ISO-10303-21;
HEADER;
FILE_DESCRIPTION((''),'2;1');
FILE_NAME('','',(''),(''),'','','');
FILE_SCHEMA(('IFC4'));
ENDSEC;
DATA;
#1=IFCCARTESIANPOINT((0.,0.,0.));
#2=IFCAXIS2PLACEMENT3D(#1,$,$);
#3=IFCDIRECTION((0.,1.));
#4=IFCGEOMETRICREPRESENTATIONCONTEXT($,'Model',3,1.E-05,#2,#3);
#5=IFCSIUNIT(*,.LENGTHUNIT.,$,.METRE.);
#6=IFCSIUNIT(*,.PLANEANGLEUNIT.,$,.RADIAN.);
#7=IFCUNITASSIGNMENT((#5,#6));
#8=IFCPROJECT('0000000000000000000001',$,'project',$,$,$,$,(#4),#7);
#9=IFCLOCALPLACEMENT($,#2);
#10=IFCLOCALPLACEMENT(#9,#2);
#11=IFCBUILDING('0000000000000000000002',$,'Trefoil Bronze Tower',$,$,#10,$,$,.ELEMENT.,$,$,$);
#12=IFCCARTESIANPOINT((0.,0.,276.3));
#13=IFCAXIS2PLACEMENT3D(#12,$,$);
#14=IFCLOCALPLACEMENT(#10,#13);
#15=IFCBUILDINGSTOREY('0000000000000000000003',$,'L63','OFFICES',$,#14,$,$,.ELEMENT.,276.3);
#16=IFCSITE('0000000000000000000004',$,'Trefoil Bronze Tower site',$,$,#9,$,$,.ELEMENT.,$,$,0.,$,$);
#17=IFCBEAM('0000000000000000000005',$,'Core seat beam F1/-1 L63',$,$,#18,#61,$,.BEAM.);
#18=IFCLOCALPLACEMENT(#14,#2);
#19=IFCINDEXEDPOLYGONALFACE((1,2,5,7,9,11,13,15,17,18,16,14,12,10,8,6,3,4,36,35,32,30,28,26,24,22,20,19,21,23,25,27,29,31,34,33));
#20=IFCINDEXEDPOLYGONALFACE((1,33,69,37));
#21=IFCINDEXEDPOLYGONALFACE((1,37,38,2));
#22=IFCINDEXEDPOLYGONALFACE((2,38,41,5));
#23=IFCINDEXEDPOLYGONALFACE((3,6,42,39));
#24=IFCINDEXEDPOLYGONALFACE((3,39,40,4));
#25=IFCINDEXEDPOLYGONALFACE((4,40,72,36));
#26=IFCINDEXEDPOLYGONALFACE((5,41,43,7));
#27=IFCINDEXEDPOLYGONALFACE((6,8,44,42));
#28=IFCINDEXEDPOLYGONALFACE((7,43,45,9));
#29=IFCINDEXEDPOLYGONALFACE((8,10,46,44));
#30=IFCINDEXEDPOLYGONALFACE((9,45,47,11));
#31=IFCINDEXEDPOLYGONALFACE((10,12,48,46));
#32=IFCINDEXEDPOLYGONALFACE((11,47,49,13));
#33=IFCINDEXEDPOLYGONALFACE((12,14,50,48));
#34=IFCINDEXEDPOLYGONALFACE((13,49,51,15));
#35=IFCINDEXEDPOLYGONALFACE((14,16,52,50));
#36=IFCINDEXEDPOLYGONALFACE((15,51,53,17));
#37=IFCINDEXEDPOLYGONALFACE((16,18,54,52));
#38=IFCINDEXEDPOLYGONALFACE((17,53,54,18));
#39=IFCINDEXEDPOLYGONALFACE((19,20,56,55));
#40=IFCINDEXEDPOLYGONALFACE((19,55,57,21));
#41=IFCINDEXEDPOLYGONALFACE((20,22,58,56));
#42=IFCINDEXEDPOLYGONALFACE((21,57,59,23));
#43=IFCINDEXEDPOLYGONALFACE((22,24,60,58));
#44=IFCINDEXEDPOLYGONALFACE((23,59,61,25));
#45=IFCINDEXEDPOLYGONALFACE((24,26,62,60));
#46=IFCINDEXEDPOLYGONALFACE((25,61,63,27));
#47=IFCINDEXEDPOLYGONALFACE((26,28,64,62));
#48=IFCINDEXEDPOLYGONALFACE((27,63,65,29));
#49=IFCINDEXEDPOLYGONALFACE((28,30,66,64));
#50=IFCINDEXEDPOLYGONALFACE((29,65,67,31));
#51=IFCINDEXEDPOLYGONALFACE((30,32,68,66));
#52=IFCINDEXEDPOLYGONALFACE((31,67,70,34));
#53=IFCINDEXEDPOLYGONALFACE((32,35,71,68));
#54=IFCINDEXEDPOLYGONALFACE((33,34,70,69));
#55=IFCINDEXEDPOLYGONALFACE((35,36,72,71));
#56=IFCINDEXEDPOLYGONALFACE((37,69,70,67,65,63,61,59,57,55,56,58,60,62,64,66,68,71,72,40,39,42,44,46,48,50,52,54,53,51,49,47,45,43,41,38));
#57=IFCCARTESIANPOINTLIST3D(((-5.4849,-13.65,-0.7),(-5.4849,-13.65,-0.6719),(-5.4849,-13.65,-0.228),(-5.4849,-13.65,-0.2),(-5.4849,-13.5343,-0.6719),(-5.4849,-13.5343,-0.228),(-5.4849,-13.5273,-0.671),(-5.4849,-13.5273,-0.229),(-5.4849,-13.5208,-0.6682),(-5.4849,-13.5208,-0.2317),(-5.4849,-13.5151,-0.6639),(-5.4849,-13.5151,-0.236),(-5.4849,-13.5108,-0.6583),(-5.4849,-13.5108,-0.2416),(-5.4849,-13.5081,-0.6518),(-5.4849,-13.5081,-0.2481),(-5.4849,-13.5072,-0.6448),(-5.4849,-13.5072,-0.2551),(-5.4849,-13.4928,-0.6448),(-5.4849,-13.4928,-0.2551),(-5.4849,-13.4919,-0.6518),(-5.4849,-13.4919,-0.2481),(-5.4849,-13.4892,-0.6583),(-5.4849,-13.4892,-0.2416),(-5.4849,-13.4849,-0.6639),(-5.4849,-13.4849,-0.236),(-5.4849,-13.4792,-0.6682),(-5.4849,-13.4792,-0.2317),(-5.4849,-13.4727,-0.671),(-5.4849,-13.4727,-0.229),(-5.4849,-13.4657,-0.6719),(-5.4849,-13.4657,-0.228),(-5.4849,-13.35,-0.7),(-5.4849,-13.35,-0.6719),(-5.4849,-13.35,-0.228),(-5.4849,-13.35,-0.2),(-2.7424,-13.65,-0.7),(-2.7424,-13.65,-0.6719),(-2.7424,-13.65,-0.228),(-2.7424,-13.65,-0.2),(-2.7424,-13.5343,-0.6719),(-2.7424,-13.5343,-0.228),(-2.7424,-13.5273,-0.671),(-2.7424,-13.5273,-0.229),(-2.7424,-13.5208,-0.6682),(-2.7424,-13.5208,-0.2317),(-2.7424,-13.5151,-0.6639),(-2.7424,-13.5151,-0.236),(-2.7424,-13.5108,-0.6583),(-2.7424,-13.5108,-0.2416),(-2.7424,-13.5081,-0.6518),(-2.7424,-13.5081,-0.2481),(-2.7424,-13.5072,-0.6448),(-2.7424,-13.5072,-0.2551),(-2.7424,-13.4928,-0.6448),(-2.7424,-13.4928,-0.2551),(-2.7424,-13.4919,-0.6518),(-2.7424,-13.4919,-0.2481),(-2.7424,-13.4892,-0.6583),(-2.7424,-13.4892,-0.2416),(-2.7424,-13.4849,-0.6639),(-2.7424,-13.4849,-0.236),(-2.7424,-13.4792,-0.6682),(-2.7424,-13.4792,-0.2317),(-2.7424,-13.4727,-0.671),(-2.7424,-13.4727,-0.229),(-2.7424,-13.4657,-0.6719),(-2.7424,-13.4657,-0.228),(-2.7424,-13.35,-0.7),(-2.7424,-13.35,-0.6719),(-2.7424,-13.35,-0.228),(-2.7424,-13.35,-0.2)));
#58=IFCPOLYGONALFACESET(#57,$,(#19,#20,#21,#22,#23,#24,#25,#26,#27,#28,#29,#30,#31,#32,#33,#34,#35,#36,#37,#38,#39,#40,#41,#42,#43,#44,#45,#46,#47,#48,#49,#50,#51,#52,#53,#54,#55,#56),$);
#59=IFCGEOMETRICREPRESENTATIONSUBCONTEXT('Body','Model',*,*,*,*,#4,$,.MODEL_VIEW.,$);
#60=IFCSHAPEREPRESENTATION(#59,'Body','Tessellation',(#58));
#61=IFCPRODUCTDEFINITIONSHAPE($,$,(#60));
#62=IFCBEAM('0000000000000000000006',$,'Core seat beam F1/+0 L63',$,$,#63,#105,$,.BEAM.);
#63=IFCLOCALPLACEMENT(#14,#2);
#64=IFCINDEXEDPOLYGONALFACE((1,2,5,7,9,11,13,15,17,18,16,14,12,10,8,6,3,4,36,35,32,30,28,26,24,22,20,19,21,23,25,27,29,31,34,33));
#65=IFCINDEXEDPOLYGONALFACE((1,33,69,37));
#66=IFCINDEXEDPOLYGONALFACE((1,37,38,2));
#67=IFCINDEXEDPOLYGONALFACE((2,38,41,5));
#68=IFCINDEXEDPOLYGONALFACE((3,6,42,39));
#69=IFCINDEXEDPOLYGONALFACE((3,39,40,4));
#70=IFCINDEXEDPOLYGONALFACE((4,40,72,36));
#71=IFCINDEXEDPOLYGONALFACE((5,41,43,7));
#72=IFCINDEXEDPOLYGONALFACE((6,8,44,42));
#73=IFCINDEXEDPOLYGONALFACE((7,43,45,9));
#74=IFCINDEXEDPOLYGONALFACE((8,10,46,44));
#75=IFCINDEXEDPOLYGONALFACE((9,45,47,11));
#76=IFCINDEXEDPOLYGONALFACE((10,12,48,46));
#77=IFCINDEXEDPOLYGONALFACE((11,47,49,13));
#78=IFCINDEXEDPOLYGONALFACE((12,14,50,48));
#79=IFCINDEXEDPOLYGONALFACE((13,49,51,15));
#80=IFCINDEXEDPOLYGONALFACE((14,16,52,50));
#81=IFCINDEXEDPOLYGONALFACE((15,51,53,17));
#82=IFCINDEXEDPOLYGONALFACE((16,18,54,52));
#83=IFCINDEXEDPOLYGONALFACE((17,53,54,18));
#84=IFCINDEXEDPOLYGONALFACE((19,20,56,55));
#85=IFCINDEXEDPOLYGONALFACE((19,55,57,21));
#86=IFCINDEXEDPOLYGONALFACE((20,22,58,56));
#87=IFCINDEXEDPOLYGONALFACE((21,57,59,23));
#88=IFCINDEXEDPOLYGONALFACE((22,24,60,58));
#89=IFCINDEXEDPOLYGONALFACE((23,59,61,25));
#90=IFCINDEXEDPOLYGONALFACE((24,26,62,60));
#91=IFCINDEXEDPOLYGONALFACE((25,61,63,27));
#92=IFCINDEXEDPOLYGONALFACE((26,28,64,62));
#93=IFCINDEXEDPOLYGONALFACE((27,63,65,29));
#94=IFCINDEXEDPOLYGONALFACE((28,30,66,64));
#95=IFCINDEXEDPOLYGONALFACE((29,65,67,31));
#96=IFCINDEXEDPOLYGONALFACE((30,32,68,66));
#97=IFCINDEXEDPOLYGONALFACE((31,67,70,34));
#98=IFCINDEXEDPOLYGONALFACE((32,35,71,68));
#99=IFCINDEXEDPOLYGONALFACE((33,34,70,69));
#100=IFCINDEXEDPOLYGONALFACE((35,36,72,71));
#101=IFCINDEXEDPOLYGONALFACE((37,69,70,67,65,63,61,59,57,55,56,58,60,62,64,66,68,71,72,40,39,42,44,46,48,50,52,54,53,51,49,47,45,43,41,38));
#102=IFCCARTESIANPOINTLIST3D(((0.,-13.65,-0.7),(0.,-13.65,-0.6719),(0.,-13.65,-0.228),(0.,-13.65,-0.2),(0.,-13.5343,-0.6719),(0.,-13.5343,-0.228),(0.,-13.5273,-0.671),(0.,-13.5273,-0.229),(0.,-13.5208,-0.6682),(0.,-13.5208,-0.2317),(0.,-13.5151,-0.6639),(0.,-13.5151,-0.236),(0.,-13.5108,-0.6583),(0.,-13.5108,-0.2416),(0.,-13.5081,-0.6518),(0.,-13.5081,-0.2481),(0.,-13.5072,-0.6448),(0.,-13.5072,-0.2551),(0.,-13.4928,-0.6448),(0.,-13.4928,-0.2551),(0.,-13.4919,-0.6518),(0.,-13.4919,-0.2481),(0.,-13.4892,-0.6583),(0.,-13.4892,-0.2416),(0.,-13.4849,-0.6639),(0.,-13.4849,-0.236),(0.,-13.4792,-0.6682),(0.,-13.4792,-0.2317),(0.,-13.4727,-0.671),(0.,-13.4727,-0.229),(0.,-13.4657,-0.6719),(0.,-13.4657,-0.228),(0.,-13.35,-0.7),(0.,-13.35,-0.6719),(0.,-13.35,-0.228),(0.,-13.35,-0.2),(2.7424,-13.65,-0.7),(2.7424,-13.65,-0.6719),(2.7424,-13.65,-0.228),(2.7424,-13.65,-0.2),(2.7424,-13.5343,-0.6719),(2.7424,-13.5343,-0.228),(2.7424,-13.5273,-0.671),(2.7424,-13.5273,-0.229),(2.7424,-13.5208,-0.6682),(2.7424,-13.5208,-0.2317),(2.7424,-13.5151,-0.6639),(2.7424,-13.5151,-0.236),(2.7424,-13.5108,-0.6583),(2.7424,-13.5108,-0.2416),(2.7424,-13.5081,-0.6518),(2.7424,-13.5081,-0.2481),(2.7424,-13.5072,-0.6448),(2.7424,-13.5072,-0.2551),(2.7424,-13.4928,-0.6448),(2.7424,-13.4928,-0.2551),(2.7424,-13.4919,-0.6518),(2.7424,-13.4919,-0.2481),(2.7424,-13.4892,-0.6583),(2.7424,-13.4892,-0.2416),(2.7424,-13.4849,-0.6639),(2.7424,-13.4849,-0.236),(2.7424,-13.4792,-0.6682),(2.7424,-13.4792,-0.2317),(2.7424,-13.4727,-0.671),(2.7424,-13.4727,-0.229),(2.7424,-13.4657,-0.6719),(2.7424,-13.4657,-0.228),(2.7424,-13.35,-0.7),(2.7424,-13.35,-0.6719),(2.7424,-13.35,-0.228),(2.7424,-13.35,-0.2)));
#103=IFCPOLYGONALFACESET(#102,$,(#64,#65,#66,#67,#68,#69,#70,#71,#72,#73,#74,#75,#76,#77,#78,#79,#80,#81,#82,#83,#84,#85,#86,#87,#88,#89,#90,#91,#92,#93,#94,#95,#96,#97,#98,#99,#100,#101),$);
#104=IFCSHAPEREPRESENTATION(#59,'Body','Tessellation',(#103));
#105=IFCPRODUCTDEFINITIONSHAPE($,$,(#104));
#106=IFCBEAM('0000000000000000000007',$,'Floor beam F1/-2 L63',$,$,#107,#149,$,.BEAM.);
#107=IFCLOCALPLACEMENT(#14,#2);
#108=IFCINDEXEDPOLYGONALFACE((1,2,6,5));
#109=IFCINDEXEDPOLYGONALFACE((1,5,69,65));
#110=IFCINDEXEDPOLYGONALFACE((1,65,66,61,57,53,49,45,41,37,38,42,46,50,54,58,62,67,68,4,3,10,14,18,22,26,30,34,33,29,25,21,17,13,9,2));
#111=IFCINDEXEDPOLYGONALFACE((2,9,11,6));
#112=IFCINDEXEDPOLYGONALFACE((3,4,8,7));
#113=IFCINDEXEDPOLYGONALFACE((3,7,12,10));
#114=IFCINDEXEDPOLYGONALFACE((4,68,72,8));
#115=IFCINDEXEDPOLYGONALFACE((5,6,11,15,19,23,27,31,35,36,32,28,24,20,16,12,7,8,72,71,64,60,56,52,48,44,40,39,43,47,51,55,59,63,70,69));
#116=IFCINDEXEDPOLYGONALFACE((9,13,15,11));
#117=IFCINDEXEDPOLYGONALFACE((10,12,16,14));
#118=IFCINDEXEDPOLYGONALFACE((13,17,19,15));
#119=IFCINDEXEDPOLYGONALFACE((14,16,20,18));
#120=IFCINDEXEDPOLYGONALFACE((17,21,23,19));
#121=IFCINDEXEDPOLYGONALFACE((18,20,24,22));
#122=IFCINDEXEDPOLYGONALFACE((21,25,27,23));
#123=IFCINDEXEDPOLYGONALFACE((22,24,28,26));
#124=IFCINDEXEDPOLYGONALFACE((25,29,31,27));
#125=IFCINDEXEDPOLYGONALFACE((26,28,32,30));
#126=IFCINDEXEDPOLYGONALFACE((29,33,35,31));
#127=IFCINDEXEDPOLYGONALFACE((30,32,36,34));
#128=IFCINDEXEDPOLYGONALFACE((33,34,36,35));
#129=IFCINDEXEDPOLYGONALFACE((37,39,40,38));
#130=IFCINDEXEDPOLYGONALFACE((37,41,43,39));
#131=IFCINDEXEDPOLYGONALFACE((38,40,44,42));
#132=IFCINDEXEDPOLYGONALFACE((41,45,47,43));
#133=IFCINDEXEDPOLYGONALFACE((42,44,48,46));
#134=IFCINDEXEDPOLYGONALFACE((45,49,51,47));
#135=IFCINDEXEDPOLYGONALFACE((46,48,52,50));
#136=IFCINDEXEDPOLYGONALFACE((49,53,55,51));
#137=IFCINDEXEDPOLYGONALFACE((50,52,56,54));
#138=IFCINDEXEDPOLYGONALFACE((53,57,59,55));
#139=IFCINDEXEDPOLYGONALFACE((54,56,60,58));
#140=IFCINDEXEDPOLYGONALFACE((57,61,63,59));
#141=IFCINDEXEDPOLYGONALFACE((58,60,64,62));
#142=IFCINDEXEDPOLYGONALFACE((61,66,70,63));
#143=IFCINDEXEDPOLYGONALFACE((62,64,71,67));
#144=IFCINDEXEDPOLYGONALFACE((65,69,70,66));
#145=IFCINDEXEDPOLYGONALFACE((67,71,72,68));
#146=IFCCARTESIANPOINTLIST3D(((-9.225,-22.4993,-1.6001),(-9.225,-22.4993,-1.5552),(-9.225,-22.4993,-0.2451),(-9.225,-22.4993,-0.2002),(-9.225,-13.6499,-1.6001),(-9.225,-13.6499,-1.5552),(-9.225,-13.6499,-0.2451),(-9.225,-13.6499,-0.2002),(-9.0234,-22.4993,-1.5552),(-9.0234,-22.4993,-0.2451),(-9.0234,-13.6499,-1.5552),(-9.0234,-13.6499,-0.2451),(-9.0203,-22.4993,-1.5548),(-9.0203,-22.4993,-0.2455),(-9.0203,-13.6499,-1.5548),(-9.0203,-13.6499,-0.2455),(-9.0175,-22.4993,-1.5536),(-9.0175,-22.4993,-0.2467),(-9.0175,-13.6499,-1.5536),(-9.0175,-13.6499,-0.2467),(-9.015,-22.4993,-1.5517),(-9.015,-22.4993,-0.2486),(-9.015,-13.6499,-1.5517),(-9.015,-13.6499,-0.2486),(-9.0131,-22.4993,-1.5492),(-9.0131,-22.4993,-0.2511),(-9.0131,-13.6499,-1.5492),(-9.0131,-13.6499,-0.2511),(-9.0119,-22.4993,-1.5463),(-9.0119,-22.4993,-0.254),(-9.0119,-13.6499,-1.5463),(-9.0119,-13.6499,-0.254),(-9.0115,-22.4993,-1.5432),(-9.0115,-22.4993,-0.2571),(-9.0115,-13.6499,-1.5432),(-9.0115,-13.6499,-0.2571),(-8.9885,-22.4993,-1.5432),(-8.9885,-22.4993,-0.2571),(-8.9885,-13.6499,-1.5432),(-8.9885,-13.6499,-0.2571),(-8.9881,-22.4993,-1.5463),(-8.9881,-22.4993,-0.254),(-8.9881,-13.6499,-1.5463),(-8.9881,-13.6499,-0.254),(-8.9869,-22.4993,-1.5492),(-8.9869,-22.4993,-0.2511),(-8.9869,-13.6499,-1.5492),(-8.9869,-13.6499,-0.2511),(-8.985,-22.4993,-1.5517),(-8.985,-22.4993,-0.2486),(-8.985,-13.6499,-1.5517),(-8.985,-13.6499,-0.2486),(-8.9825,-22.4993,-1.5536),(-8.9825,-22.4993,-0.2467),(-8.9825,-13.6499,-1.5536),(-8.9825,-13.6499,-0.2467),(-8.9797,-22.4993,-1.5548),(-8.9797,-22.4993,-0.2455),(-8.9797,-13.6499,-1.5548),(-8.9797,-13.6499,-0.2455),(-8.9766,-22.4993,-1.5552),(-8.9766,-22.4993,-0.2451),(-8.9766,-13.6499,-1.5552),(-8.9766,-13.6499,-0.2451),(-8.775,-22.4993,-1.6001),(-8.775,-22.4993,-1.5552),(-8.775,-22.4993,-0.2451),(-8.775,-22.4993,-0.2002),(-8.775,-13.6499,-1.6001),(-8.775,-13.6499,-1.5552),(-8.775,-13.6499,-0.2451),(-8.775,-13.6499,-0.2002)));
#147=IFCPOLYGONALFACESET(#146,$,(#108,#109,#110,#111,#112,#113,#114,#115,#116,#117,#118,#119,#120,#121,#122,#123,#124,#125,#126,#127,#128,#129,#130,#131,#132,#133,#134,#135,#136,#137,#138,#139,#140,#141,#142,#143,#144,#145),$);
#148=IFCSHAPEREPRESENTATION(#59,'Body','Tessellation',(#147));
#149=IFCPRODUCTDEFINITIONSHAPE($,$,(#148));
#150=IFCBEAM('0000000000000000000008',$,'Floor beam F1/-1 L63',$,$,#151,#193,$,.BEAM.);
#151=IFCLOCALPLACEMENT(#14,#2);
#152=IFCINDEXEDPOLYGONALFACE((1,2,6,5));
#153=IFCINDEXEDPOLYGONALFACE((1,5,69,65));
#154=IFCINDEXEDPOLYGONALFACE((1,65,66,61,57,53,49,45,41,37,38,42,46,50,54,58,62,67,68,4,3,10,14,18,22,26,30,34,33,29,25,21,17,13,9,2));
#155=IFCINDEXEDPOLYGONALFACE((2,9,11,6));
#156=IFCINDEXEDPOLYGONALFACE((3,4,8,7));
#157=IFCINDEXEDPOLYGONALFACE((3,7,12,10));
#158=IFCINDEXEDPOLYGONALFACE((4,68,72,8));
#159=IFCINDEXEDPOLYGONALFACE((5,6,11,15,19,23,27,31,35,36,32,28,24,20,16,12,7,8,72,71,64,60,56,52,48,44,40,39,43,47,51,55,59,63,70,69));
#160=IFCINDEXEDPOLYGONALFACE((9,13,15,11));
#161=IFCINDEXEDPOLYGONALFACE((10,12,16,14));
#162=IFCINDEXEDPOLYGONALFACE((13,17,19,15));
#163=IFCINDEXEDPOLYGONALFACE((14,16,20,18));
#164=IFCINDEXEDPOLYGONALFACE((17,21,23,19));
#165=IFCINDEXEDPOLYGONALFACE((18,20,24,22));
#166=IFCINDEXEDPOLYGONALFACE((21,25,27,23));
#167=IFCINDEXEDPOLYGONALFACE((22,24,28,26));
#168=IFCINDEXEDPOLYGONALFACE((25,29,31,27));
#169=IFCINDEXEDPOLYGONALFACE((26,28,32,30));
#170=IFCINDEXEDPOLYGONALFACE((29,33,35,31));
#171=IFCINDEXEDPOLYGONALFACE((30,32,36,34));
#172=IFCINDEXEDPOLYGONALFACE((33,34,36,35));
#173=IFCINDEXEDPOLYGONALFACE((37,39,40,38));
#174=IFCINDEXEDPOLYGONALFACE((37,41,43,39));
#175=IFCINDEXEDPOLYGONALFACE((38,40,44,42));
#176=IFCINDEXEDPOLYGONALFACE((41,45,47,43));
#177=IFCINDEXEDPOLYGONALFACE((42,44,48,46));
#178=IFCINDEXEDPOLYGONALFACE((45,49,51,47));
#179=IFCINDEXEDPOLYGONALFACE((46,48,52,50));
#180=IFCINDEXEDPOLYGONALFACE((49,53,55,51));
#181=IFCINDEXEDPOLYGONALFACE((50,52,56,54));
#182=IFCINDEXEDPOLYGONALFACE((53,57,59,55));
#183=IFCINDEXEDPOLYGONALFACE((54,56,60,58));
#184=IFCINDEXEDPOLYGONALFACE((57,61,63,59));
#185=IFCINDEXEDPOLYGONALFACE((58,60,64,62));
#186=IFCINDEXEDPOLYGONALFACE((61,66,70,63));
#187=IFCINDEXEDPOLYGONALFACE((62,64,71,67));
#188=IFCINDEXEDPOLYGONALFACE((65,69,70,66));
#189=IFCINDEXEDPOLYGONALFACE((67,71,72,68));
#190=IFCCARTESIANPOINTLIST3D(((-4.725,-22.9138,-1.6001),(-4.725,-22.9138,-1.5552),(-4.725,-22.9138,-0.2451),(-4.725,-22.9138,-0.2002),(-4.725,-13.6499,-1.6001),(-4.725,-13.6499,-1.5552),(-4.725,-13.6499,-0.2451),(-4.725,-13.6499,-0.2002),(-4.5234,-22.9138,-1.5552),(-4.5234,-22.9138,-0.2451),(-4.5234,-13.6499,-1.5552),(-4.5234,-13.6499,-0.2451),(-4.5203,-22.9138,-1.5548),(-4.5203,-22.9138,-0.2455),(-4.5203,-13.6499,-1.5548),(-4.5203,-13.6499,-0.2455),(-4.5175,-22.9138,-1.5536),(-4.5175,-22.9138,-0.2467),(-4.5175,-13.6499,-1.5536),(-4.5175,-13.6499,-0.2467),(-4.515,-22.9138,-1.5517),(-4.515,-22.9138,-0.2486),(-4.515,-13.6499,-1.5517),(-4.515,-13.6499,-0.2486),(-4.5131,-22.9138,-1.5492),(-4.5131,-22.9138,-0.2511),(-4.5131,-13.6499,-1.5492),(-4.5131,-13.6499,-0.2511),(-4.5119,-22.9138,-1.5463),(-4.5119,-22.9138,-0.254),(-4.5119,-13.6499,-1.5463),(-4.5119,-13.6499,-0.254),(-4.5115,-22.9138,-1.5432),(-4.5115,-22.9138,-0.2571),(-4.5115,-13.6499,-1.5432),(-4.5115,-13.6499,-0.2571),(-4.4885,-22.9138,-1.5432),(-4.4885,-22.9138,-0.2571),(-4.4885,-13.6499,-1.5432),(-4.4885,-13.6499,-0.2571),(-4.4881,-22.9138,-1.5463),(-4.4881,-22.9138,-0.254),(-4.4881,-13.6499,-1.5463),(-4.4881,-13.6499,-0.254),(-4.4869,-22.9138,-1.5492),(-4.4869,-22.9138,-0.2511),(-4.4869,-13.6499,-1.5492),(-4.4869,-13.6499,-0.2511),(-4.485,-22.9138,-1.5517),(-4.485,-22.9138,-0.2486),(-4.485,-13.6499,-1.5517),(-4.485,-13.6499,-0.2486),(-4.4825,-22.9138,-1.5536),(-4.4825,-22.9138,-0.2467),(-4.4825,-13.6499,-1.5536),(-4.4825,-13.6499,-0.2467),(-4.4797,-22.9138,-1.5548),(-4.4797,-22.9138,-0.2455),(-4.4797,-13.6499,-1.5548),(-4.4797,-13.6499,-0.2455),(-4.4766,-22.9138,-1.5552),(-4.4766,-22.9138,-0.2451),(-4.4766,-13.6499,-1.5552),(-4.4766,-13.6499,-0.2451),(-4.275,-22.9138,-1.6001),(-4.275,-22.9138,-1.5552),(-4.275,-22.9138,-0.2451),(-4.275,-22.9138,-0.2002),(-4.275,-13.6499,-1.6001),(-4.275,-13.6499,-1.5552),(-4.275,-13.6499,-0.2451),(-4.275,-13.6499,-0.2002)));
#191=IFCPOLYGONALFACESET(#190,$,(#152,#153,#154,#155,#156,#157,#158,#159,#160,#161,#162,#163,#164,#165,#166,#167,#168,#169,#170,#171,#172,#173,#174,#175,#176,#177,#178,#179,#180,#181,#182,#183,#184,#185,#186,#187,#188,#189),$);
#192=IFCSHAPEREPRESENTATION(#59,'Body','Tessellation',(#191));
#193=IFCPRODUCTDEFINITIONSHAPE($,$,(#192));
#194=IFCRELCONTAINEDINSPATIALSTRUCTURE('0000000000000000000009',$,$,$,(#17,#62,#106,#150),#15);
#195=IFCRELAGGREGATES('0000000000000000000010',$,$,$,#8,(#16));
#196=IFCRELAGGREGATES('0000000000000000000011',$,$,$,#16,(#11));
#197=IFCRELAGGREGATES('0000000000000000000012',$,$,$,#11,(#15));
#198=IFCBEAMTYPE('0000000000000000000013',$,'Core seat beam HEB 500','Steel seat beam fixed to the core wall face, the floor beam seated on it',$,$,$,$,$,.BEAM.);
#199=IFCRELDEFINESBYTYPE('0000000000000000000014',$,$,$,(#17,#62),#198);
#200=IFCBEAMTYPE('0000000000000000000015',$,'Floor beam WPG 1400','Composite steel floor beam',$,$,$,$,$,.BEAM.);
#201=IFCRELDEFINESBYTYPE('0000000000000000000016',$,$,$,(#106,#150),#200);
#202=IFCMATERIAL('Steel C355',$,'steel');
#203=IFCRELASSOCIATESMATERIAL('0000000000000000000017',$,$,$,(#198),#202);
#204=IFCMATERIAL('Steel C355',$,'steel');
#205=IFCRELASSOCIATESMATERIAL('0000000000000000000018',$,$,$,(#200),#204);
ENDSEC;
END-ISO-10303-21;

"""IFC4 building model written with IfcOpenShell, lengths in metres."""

from ifc_helpers import new_model, si_unit, direction, frame, origin, origin_2d, place, context, subcontext, project, spatial, i_section, extrude, material, material_profile, profile_set, type_object, element, save


model = new_model("IFC4")

# Units and contexts
model_context = context("Model", 3, precision=1e-05, world=origin(), true_north=direction((0.0, 1.0)))
body_context = subcontext(model_context, "Body", "Model", "MODEL_VIEW")
ifc_project = project(units=[si_unit("LENGTHUNIT", "METRE"), si_unit("PLANEANGLEUNIT", "RADIAN")], contexts=[model_context])

# Site, building, storey
site_placement = place(None, origin())
site = spatial("IfcSite", under=ifc_project, at=site_placement, Name="Trefoil Bronze Tower site", CompositionType="ELEMENT", RefElevation=0.0)
building_placement = place(site_placement, origin())
building = spatial("IfcBuilding", under=site, at=building_placement, Name="Trefoil Bronze Tower", CompositionType="ELEMENT")
storey_placement = place(building_placement, frame((0.0, 0.0, 276.3)))
storey = spatial("IfcBuildingStorey", under=building, at=storey_placement, Name="L63", Description="OFFICES", CompositionType="ELEMENT", Elevation=276.3)

# Beams
ifc_material_1 = material(Name="Steel C355", Category="steel")
ifc_material_profile_1 = material_profile(ifc_material_1, i_section(OverallWidth=0.3, OverallDepth=0.5, WebThickness=0.0144, FlangeThickness=0.0281, FilletRadius=0.0271, at=origin_2d()), Name="HEB 500")
ifc_profile_set_1 = profile_set([ifc_material_profile_1], Name="Steel C355")
beam_type_1 = type_object("IfcBeamType", Name="Core seat beam HEB 500", Description="Steel seat beam fixed to the core wall face, the floor beam seated on it", PredefinedType="BEAM", material=ifc_profile_set_1)
for number, where, z_axis, x_axis, name in (
    (1, (-5.4849, -13.5, -0.45), (1.0, 0.0, 0.0), (0.0, 1.0, 0.0), "Core seat beam F1/-1 L63"),
    (2, (0.0, -13.5, -0.45), (1.0, 0.0, 0.0), (0.0, 1.0, 0.0), "Core seat beam F1/+0 L63"),
):
    element("IfcBeam", number, at=place(storey_placement, frame(where, z_axis=z_axis, x_axis=x_axis)), inside=storey, type_object=beam_type_1, Name=name, PredefinedType="BEAM", context=body_context, shape_type="SweptSolid", body=[
        extrude(i_section(OverallWidth=0.3, OverallDepth=0.5, WebThickness=0.0144, FlangeThickness=0.0281, FilletRadius=0.0271, at=origin_2d()), origin(), (0.0, 0.0, 1.0), 2.7424),
    ])
ifc_material_2 = material(Name="Steel C355", Category="steel")
ifc_material_profile_2 = material_profile(ifc_material_2, i_section(OverallWidth=0.45, OverallDepth=1.3999, WebThickness=0.0229, FlangeThickness=0.0449, FilletRadius=0.012, at=origin_2d()), Name="WPG 1400")
ifc_profile_set_2 = profile_set([ifc_material_profile_2], Name="Steel C355")
beam_type_2 = type_object("IfcBeamType", Name="Floor beam WPG 1400", Description="Composite steel floor beam", PredefinedType="BEAM", material=ifc_profile_set_2)
beam_1_placement = place(storey_placement, frame((-9.0, -22.4993, -0.9001), z_axis=(0.0, 1.0, 0.0), x_axis=(-1.0, 0.0, 0.0)))
element("IfcBeam", 3, at=beam_1_placement, inside=storey, type_object=beam_type_2, Name="Floor beam F1/-2 L63", PredefinedType="BEAM", context=body_context, shape_type="SweptSolid", body=[
    extrude(i_section(OverallWidth=0.45, OverallDepth=1.3999, WebThickness=0.0229, FlangeThickness=0.0449, FilletRadius=0.012, at=origin_2d()), origin(), (0.0, 0.0, 1.0), 8.8494),
])
beam_2_placement = place(storey_placement, frame((-4.5, -22.9138, -0.9001), z_axis=(0.0, 1.0, 0.0), x_axis=(-1.0, 0.0, 0.0)))
element("IfcBeam", 4, at=beam_2_placement, inside=storey, type_object=beam_type_2, Name="Floor beam F1/-1 L63", PredefinedType="BEAM", context=body_context, shape_type="SweptSolid", body=[
    extrude(i_section(OverallWidth=0.45, OverallDepth=1.3999, WebThickness=0.0229, FlangeThickness=0.0449, FilletRadius=0.012, at=origin_2d()), origin(), (0.0, 0.0, 1.0), 9.2639),
])

save(model, "model.ifc")
